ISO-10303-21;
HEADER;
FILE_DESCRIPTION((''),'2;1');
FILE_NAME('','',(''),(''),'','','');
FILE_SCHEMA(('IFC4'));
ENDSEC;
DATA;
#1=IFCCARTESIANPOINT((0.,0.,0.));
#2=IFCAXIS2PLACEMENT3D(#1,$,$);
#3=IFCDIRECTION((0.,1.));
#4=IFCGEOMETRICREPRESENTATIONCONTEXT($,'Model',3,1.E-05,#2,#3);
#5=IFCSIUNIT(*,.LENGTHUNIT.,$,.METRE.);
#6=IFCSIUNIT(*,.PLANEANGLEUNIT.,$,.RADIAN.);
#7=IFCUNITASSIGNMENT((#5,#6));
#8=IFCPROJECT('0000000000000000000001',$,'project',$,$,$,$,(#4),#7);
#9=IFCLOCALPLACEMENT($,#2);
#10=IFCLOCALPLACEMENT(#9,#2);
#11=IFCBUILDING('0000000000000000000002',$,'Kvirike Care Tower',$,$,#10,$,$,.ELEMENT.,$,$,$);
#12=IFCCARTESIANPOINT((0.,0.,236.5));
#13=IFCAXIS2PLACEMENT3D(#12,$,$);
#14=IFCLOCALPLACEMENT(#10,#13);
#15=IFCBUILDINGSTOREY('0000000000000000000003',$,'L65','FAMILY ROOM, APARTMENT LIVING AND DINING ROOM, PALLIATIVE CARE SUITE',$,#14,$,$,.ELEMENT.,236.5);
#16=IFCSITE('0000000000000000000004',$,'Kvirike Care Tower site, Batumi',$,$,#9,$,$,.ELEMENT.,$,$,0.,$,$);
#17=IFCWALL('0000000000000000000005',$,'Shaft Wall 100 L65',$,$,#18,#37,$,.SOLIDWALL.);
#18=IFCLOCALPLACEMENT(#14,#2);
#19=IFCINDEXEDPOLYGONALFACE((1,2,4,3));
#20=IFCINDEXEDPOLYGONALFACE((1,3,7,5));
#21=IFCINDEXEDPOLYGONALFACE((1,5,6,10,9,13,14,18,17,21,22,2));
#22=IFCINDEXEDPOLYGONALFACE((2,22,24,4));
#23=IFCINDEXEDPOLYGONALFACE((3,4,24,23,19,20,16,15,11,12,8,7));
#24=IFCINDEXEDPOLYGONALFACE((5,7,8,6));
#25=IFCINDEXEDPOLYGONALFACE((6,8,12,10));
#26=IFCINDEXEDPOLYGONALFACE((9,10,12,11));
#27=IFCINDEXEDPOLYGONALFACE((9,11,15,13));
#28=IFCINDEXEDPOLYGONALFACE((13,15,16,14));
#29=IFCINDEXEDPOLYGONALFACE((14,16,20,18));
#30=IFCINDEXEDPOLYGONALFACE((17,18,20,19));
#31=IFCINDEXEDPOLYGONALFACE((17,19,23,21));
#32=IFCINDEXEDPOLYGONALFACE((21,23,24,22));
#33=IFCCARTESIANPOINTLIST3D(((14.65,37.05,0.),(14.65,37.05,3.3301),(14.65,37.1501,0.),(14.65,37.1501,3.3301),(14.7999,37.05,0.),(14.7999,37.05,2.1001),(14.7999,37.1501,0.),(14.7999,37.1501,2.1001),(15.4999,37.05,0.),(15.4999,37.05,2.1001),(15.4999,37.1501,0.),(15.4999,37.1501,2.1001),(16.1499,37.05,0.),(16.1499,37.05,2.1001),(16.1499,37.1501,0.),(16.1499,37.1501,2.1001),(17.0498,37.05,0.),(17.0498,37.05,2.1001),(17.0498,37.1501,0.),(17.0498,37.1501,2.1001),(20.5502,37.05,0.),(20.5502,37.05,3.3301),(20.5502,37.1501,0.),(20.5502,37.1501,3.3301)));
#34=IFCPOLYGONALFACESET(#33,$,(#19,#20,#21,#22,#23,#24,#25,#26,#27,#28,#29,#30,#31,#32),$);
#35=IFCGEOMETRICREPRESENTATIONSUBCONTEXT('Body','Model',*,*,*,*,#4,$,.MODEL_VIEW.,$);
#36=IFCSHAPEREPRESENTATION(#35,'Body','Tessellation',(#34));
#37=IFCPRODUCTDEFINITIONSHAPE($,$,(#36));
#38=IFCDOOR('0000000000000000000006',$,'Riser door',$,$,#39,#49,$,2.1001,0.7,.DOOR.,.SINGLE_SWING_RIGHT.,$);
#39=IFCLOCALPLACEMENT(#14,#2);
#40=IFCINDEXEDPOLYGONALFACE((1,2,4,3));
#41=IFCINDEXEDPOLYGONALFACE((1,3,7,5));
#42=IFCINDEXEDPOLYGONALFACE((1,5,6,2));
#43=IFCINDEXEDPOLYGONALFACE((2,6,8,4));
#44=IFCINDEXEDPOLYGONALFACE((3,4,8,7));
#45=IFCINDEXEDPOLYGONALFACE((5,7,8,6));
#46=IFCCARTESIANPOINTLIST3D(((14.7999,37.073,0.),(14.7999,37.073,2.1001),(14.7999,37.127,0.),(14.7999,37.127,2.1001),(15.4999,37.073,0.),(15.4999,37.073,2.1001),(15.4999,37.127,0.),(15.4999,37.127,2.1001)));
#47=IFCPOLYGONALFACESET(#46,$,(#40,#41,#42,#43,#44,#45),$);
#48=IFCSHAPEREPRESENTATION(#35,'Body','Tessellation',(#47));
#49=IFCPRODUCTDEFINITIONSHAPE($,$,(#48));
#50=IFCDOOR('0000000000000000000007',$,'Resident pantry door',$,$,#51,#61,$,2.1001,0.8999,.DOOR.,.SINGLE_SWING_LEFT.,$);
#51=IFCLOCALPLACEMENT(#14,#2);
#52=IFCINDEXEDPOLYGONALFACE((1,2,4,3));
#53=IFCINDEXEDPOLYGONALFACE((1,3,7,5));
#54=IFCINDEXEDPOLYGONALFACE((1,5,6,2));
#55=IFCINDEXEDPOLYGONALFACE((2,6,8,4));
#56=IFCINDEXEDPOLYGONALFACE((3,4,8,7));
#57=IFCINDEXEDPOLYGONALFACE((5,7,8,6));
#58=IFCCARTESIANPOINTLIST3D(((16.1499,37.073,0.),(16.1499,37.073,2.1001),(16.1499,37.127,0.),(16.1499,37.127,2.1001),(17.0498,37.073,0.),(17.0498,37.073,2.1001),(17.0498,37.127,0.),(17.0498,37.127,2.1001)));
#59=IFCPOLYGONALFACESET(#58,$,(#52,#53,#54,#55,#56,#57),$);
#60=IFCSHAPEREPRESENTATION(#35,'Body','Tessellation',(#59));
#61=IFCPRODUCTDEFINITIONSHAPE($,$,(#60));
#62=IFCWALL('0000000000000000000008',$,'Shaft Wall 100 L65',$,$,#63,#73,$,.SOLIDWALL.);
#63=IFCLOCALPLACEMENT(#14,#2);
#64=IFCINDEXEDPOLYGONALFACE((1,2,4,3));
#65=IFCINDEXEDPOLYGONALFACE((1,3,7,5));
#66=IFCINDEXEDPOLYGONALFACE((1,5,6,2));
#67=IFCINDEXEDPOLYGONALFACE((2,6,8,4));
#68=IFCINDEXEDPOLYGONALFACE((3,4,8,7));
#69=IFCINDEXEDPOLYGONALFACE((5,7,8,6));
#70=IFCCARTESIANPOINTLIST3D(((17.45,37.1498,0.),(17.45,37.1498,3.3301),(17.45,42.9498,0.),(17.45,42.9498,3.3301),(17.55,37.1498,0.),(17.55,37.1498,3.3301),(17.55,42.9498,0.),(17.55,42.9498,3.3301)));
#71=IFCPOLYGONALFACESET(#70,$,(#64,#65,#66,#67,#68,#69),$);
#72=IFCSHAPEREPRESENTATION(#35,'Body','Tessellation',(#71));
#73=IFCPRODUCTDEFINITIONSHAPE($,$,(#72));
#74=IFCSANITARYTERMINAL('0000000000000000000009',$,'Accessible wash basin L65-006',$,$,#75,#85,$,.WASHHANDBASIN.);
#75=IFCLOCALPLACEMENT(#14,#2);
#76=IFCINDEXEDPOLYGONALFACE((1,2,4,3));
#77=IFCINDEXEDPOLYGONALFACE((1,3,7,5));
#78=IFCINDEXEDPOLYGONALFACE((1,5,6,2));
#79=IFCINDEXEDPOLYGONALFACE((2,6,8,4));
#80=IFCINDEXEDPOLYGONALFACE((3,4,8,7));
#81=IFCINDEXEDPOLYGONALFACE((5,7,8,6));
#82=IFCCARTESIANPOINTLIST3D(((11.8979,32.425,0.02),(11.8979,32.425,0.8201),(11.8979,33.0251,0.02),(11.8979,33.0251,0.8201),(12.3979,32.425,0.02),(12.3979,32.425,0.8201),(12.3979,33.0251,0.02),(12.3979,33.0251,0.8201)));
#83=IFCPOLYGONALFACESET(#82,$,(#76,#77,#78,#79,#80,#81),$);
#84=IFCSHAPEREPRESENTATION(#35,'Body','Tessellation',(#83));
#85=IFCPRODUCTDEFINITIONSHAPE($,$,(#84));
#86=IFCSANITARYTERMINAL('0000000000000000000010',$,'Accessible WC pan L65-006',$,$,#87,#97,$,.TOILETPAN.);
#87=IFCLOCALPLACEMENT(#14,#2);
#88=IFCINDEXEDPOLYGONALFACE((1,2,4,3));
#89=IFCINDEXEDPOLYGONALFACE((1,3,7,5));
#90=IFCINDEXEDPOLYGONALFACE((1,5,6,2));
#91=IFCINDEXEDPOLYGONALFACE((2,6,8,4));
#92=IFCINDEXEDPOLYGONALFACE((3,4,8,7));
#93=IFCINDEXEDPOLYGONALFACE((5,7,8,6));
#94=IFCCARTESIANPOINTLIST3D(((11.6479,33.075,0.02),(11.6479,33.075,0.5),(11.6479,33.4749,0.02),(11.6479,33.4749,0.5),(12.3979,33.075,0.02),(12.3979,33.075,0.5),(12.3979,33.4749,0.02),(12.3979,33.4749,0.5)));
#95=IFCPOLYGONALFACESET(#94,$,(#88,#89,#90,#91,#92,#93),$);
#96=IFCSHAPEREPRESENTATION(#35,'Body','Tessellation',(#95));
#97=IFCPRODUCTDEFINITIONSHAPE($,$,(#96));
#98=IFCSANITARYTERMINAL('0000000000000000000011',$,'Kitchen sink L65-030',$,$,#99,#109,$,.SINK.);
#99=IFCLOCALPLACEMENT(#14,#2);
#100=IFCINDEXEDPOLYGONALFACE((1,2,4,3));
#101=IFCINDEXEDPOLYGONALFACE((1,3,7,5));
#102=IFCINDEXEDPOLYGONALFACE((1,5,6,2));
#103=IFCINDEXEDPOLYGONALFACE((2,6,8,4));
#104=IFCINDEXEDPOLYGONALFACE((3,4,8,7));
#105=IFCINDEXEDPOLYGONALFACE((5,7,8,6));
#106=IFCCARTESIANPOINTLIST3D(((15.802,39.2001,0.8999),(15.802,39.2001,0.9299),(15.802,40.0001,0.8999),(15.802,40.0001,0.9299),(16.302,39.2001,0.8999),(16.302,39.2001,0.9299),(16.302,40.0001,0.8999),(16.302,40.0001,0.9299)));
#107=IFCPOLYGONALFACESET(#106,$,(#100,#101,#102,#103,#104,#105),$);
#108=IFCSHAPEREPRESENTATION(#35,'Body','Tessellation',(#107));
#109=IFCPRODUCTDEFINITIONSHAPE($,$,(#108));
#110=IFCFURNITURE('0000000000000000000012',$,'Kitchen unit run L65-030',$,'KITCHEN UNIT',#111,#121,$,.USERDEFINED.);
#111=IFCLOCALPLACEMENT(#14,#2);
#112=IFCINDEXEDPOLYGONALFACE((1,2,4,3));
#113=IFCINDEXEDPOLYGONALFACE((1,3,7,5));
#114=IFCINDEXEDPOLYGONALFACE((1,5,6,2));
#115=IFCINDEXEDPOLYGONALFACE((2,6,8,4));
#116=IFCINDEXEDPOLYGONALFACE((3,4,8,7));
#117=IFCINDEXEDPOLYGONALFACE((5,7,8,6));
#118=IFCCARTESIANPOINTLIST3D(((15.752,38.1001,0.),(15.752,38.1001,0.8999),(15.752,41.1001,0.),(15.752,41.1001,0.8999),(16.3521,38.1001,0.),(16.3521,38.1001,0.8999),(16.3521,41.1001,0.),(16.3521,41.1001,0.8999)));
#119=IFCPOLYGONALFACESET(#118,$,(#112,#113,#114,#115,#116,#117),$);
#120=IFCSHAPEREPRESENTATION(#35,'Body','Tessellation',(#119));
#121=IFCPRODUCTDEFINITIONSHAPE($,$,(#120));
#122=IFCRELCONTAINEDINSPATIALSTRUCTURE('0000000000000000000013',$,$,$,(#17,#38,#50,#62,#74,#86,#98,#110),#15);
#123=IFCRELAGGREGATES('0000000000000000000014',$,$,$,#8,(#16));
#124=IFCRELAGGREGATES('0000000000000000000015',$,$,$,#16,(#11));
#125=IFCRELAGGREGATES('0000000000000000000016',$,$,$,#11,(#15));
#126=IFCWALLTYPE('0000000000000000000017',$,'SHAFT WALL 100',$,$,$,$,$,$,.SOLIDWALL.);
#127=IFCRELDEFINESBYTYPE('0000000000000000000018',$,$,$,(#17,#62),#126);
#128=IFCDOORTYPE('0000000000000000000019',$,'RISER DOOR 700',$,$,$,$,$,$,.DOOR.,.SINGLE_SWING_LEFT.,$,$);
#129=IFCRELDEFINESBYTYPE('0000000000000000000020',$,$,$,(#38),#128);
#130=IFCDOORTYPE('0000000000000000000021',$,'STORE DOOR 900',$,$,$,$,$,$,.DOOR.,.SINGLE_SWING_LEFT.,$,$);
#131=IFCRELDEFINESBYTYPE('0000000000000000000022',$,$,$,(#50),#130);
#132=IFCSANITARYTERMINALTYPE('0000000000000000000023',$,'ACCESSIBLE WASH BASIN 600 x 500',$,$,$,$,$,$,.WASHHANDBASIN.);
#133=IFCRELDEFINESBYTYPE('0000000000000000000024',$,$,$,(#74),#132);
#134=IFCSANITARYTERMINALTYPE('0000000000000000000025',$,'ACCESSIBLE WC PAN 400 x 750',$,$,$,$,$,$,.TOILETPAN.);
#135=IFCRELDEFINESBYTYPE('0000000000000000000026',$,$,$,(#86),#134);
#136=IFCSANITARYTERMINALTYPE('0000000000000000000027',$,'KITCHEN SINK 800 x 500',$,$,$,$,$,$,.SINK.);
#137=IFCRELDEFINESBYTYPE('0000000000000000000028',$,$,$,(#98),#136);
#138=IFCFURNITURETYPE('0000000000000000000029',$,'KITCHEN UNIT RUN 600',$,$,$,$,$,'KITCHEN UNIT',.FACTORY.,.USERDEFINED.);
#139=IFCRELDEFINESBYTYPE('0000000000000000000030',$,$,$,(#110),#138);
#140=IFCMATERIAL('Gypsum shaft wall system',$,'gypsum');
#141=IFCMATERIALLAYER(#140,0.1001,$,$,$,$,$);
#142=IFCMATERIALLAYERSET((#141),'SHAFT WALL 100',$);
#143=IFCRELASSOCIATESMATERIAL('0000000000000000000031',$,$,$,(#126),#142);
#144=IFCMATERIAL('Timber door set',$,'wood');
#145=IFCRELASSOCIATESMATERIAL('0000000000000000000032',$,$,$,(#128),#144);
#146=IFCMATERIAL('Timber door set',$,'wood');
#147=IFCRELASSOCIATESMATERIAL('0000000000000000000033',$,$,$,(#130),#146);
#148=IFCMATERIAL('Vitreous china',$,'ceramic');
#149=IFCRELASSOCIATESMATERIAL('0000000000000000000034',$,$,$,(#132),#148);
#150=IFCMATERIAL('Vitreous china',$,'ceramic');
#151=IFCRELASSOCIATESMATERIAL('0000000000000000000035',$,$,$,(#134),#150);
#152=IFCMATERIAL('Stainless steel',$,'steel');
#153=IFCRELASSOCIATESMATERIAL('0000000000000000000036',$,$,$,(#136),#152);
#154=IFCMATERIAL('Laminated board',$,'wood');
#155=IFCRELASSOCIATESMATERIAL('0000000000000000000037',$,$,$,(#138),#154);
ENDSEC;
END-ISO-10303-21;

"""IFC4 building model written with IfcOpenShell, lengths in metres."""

from ifc_helpers import new_model, si_unit, direction, frame, frame_2d, origin, origin_2d, place, context, subcontext, project, spatial, rectangle, extrude, material, layer, layer_set, type_object, element, fill, save


model = new_model("IFC4")

# Units and contexts
model_context = context("Model", 3, precision=1e-05, world=origin(), true_north=direction((0.0, 1.0)))
body_context = subcontext(model_context, "Body", "Model", "MODEL_VIEW")
ifc_project = project(units=[si_unit("LENGTHUNIT", "METRE"), si_unit("PLANEANGLEUNIT", "RADIAN")], contexts=[model_context])

# Site, building, storey
site_placement = place(None, origin())
site = spatial("IfcSite", under=ifc_project, at=site_placement, Name="Kvirike Care Tower site, Batumi", CompositionType="ELEMENT", RefElevation=0.0)
building_placement = place(site_placement, origin())
building = spatial("IfcBuilding", under=site, at=building_placement, Name="Kvirike Care Tower", CompositionType="ELEMENT")
storey_placement = place(building_placement, frame((0.0, 0.0, 236.5)))
storey = spatial("IfcBuildingStorey", under=building, at=storey_placement, Name="L65", Description="FAMILY ROOM, APARTMENT LIVING AND DINING ROOM, PALLIATIVE CARE SUITE", CompositionType="ELEMENT", Elevation=236.5)

# Shared definitions
ifc_material_1 = material(Name="Gypsum shaft wall system", Category="gypsum")
ifc_layer_1 = layer(ifc_material_1, 0.1001)
ifc_layer_set_1 = layer_set([ifc_layer_1], Name="SHAFT WALL 100")
wall_type_1 = type_object("IfcWallType", Name="SHAFT WALL 100", PredefinedType="SOLIDWALL", material=ifc_layer_set_1)

# Shared definitions
ifc_material_2 = material(Name="Timber door set", Category="wood")
door_type_1 = type_object("IfcDoorType", Name="RISER DOOR 700", OperationType="SINGLE_SWING_LEFT", PredefinedType="DOOR", material=ifc_material_2)

# Wall, openings, doors
wall_1_placement = place(storey_placement, frame((14.6499, 37.1001, 0.0), z_axis=(0.0, 0.0, 1.0), x_axis=(1.0, 0.0, 0.0)))
wall_1 = element("IfcWall", 1, at=wall_1_placement, inside=storey, type_object=wall_type_1, Name="Shaft Wall 100 L65", PredefinedType="SOLIDWALL", context=body_context, shape_type="SweptSolid", body=[
    extrude(rectangle(XDim=5.9001, YDim=0.1001, at=frame_2d((2.9502, 0.0))), origin(), (0.0, 0.0, 1.0), 3.3301),
])
opening_1_placement = place(wall_1_placement, frame((0.1499, 0.0, 0.0)))
opening_1 = element("IfcOpeningElement", 2, at=opening_1_placement, cuts=wall_1, PredefinedType="OPENING", context=body_context, shape_type="SweptSolid", body=[
    extrude(rectangle(XDim=0.7, YDim=2.1001, at=frame_2d((0.3501, 1.05))), frame((0.0, 0.0605, 0.0), z_axis=(0.0, -1.0, 0.0), x_axis=(1.0, 0.0, 0.0)), (0.0, 0.0, 1.0), 0.1211),
])
opening_2_placement = place(wall_1_placement, frame((1.5, 0.0, 0.0)))
opening_2 = element("IfcOpeningElement", 3, at=opening_2_placement, cuts=wall_1, PredefinedType="OPENING", context=body_context, shape_type="SweptSolid", body=[
    extrude(rectangle(XDim=0.8999, YDim=2.1001, at=frame_2d((0.45, 1.05))), frame((0.0, 0.0605, 0.0), z_axis=(0.0, -1.0, 0.0), x_axis=(1.0, 0.0, 0.0)), (0.0, 0.0, 1.0), 0.1211),
])
door_1_placement = place(opening_1_placement, origin())
door_1 = element("IfcDoor", 4, at=door_1_placement, inside=storey, type_object=door_type_1, Name="Riser door", OperationType="SINGLE_SWING_RIGHT", OverallHeight=2.1001, OverallWidth=0.7, PredefinedType="DOOR", context=body_context, shape_type="SweptSolid", body=[
    extrude(rectangle(XDim=0.7, YDim=2.1001, at=frame_2d((0.3501, 1.05))), frame((0.0, 0.0269, 0.0), z_axis=(0.0, -1.0, 0.0), x_axis=(1.0, 0.0, 0.0)), (0.0, 0.0, 1.0), 0.054),
])
fill(opening_1, door_1)
ifc_material_3 = material(Name="Timber door set", Category="wood")
door_type_2 = type_object("IfcDoorType", Name="STORE DOOR 900", OperationType="SINGLE_SWING_LEFT", PredefinedType="DOOR", material=ifc_material_3)
door_2_placement = place(opening_2_placement, origin())
door_2 = element("IfcDoor", 5, at=door_2_placement, inside=storey, type_object=door_type_2, Name="Resident pantry door", OperationType="SINGLE_SWING_LEFT", OverallHeight=2.1001, OverallWidth=0.8999, PredefinedType="DOOR", context=body_context, shape_type="SweptSolid", body=[
    extrude(rectangle(XDim=0.8999, YDim=2.1001, at=frame_2d((0.45, 1.05))), frame((0.0, 0.0269, 0.0), z_axis=(0.0, -1.0, 0.0), x_axis=(1.0, 0.0, 0.0)), (0.0, 0.0, 1.0), 0.054),
])
fill(opening_2, door_2)

# Wall
wall_2_placement = place(storey_placement, frame((17.5, 37.1499, 0.0), z_axis=(0.0, 0.0, 1.0), x_axis=(0.0, 1.0, 0.0)))
element("IfcWall", 6, at=wall_2_placement, inside=storey, type_object=wall_type_1, Name="Shaft Wall 100 L65", PredefinedType="SOLIDWALL", context=body_context, shape_type="SweptSolid", body=[
    extrude(rectangle(XDim=5.8, YDim=0.1001, at=frame_2d((2.8999, 0.0))), origin(), (0.0, 0.0, 1.0), 3.3301),
])

# Sanitary terminals
ifc_material_4 = material(Name="Vitreous china", Category="ceramic")
sanitary_terminal_type_1 = type_object("IfcSanitaryTerminalType", Name="ACCESSIBLE WASH BASIN 600 x 500", PredefinedType="WASHHANDBASIN", material=ifc_material_4)
sanitary_terminal_1_placement = place(storey_placement, frame((12.1479, 32.7251, 0.02), z_axis=(0.0, 0.0, 1.0), x_axis=(0.0, -1.0, 0.0)))
element("IfcSanitaryTerminal", 7, at=sanitary_terminal_1_placement, inside=storey, type_object=sanitary_terminal_type_1, Name="Accessible wash basin L65-006", PredefinedType="WASHHANDBASIN", context=body_context, shape_type="SweptSolid", body=[
    extrude(rectangle(XDim=0.6001, YDim=0.5, at=origin_2d()), origin(), (0.0, 0.0, 1.0), 0.8),
])
ifc_material_5 = material(Name="Vitreous china", Category="ceramic")
sanitary_terminal_type_2 = type_object("IfcSanitaryTerminalType", Name="ACCESSIBLE WC PAN 400 x 750", PredefinedType="TOILETPAN", material=ifc_material_5)
sanitary_terminal_2_placement = place(storey_placement, frame((12.0229, 33.2749, 0.02), z_axis=(0.0, 0.0, 1.0), x_axis=(0.0, -1.0, 0.0)))
element("IfcSanitaryTerminal", 8, at=sanitary_terminal_2_placement, inside=storey, type_object=sanitary_terminal_type_2, Name="Accessible WC pan L65-006", PredefinedType="TOILETPAN", context=body_context, shape_type="SweptSolid", body=[
    extrude(rectangle(XDim=0.3999, YDim=0.75, at=origin_2d()), origin(), (0.0, 0.0, 1.0), 0.48),
])
ifc_material_6 = material(Name="Stainless steel", Category="steel")
sanitary_terminal_type_3 = type_object("IfcSanitaryTerminalType", Name="KITCHEN SINK 800 x 500", PredefinedType="SINK", material=ifc_material_6)
sanitary_terminal_3_placement = place(storey_placement, frame((16.052, 39.6001, 0.8999), z_axis=(0.0, 0.0, 1.0), x_axis=(0.0, 1.0, 0.0)))
element("IfcSanitaryTerminal", 9, at=sanitary_terminal_3_placement, inside=storey, type_object=sanitary_terminal_type_3, Name="Kitchen sink L65-030", PredefinedType="SINK", context=body_context, shape_type="SweptSolid", body=[
    extrude(rectangle(XDim=0.8, YDim=0.5, at=origin_2d()), origin(), (0.0, 0.0, 1.0), 0.03),
])

# Furniture
ifc_material_7 = material(Name="Laminated board", Category="wood")
furniture_type = type_object("IfcFurnitureType", Name="KITCHEN UNIT RUN 600", ElementType="KITCHEN UNIT", AssemblyPlace="FACTORY", PredefinedType="USERDEFINED", material=ifc_material_7)
furniture_placement = place(storey_placement, frame((16.052, 39.6001, 0.0), z_axis=(0.0, 0.0, 1.0), x_axis=(0.0, 1.0, 0.0)))
element("IfcFurniture", 10, at=furniture_placement, inside=storey, type_object=furniture_type, Name="Kitchen unit run L65-030", ObjectType="KITCHEN UNIT", PredefinedType="USERDEFINED", context=body_context, shape_type="SweptSolid", body=[
    extrude(rectangle(XDim=3.0, YDim=0.6001, at=origin_2d()), origin(), (0.0, 0.0, 1.0), 0.8999),
])

save(model, "model.ifc")
